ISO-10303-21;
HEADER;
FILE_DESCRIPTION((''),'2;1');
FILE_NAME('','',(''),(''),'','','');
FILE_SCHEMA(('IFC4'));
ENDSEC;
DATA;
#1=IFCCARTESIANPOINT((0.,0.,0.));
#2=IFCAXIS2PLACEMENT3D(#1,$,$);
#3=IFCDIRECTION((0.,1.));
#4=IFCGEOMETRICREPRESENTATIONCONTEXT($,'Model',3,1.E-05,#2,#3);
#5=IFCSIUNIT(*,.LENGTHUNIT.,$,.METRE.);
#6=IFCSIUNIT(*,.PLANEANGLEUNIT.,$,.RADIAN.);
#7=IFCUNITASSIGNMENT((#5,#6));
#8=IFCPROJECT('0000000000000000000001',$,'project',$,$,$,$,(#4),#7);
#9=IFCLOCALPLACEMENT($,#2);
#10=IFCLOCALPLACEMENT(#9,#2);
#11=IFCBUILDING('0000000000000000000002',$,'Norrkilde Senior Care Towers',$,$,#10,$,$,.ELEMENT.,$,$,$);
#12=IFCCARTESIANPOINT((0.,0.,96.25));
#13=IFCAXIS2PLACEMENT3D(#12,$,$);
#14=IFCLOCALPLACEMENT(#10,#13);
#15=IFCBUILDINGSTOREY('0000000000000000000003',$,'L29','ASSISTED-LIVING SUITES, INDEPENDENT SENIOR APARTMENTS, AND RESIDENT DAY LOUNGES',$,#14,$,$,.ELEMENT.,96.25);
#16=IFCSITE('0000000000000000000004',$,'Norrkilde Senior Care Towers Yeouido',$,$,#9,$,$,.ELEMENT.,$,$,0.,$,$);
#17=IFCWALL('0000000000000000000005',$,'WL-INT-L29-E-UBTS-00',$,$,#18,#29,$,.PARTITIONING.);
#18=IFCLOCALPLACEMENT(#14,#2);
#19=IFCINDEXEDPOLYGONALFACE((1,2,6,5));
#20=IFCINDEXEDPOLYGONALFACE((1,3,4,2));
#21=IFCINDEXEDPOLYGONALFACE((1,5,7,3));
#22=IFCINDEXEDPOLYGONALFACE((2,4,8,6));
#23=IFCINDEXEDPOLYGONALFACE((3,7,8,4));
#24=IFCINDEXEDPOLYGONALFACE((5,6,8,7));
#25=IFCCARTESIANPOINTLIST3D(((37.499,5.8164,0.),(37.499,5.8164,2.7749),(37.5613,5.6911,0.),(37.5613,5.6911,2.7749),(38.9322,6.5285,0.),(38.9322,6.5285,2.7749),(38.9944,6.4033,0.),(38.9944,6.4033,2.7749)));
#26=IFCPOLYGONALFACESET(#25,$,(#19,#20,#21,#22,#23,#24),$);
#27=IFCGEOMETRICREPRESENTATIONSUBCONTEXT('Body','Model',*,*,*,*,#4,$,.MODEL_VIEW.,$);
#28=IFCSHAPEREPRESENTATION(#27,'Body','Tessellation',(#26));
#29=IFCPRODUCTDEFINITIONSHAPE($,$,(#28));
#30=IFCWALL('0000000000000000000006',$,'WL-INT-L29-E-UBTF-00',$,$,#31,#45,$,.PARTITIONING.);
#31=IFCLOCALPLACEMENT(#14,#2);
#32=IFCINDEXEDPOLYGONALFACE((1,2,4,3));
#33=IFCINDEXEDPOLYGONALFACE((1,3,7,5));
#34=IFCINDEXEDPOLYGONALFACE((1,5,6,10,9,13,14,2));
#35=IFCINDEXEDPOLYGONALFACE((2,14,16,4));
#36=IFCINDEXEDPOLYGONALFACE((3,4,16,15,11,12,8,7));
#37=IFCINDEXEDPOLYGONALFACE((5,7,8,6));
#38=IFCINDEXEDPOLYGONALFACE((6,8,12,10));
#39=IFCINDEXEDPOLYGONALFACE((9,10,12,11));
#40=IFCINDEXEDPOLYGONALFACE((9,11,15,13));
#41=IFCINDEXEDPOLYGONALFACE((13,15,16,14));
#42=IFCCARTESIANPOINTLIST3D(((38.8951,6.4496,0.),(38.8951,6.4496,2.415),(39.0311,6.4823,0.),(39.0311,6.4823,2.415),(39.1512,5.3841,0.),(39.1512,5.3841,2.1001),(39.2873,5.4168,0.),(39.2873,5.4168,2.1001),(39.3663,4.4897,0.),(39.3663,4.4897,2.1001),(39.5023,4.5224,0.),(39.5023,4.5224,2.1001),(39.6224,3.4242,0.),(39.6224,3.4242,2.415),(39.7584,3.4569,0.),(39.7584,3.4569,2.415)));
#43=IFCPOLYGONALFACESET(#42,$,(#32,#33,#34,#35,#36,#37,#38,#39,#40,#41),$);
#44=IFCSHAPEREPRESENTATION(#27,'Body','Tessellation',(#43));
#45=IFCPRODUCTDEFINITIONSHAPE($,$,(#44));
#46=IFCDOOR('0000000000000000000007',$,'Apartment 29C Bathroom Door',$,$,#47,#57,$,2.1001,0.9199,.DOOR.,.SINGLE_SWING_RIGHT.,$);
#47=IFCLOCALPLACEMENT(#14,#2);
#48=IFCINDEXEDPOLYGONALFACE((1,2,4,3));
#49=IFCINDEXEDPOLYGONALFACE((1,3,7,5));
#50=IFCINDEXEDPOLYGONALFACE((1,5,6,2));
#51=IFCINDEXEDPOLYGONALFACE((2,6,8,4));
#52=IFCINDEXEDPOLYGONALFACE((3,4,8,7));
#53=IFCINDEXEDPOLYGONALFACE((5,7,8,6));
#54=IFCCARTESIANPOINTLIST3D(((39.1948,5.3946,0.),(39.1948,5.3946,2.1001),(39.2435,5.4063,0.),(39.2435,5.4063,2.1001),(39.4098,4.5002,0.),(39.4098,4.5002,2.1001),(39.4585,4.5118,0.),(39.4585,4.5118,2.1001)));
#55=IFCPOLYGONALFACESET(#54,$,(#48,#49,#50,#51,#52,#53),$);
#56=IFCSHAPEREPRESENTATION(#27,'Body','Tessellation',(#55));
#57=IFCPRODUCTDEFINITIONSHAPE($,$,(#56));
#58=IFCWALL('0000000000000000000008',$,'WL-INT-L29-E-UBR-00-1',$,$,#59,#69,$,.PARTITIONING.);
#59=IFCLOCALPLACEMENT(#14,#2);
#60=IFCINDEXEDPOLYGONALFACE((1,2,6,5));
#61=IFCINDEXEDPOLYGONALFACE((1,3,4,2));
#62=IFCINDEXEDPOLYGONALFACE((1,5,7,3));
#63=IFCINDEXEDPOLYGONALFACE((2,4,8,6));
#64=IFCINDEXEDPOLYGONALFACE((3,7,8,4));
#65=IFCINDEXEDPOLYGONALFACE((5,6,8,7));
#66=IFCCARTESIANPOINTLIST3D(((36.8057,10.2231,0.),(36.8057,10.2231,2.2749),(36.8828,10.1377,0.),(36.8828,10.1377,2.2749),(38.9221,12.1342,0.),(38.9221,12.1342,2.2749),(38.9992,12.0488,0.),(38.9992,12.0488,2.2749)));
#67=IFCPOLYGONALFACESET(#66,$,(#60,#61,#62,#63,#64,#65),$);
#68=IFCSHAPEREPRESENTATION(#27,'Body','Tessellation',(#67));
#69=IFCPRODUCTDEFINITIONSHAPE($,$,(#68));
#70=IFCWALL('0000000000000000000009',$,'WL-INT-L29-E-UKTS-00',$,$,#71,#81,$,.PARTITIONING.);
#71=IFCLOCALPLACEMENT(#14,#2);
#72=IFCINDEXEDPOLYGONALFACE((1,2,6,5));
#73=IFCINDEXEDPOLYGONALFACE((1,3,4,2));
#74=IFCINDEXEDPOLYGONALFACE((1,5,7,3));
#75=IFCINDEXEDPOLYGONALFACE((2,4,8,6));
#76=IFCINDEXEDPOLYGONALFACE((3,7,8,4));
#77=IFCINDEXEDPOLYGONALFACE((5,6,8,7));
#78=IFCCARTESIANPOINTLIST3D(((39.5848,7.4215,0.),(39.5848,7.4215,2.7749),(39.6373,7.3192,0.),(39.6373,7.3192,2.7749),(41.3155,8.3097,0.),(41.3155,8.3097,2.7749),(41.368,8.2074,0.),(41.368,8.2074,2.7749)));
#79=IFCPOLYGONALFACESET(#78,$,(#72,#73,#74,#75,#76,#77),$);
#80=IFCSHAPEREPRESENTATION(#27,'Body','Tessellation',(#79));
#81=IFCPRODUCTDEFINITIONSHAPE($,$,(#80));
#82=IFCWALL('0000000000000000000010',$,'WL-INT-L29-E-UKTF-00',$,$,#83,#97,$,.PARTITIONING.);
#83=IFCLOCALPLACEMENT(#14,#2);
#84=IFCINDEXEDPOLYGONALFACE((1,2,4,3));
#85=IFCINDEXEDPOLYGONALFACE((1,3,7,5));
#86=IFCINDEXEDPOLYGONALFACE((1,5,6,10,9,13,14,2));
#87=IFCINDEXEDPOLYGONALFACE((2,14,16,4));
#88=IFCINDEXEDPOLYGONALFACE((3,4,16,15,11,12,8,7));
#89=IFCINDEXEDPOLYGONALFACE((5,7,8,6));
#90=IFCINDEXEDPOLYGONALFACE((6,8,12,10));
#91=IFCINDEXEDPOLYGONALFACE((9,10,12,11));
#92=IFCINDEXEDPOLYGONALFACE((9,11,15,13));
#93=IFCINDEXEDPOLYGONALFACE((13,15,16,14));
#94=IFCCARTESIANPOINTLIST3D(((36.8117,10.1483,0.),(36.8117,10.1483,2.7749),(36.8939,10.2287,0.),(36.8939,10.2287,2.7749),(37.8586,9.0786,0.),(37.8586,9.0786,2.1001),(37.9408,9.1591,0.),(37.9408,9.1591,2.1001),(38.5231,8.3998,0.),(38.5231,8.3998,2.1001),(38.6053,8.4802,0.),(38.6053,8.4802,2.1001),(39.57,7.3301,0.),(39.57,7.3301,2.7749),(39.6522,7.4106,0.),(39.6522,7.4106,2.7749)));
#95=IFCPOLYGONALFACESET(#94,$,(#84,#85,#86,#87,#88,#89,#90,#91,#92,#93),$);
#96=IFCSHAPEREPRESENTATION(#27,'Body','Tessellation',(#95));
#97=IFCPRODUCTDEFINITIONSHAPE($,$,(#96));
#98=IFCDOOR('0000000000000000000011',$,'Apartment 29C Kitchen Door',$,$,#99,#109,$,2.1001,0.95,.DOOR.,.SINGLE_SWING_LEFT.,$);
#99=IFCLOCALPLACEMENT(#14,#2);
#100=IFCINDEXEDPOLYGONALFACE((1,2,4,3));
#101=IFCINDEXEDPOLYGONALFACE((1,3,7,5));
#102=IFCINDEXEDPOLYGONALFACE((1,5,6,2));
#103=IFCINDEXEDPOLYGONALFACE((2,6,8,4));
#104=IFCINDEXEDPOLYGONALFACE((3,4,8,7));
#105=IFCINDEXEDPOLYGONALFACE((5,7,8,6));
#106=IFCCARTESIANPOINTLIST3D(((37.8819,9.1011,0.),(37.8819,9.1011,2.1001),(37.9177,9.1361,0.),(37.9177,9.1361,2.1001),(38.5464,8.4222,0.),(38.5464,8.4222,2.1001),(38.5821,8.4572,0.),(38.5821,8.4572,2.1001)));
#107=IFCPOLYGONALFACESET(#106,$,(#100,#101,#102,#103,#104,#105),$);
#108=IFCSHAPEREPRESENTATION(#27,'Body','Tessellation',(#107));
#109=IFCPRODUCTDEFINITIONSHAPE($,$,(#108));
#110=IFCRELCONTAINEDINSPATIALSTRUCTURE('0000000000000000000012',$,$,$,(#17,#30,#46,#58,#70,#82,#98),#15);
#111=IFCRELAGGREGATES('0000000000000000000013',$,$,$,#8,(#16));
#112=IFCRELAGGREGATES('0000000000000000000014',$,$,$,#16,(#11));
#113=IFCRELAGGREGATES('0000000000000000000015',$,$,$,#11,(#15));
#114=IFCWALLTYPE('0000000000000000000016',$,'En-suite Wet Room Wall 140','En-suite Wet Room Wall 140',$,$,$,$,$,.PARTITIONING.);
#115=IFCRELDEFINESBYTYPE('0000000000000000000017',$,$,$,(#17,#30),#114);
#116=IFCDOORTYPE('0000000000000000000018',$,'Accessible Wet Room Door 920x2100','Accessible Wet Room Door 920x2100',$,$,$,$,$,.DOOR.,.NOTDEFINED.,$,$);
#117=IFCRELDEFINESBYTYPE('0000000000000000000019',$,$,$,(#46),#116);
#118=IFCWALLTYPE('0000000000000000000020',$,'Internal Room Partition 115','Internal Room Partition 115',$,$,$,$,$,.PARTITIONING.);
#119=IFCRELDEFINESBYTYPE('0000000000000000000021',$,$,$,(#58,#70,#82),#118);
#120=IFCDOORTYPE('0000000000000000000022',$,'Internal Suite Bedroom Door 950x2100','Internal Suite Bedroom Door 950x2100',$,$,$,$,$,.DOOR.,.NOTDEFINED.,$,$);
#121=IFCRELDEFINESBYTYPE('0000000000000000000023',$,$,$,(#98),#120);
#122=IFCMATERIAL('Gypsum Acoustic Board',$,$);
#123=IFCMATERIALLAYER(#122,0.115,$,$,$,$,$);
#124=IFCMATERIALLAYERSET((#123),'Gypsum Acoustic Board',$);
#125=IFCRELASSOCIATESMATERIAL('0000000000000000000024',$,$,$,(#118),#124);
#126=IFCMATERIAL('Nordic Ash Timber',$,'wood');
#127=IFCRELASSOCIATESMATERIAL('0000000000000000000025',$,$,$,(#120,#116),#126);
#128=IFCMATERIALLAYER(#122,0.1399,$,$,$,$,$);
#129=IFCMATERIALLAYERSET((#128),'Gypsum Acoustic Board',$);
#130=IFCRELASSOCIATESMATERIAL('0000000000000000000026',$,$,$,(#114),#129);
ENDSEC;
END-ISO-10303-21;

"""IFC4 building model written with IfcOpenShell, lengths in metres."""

from ifc_helpers import new_model, si_unit, direction, frame, frame_2d, origin, place, context, subcontext, project, spatial, rectangle, extrude, source, transform, mapped, material, layer, layer_set, type_object, type_shapes, element, fill, save


model = new_model("IFC4")

# Units and contexts
model_context = context("Model", 3, precision=1e-05, world=origin(), true_north=direction((0.0, 1.0)))
body_context = subcontext(model_context, "Body", "Model", "MODEL_VIEW")
ifc_project = project(units=[si_unit("LENGTHUNIT", "METRE"), si_unit("PLANEANGLEUNIT", "RADIAN")], contexts=[model_context])

# Site, building, storey
site_placement = place(None, origin())
site = spatial("IfcSite", under=ifc_project, at=site_placement, Name="Norrkilde Senior Care Towers Yeouido", CompositionType="ELEMENT", RefElevation=0.0)
building_placement = place(site_placement, origin())
building = spatial("IfcBuilding", under=site, at=building_placement, Name="Norrkilde Senior Care Towers", CompositionType="ELEMENT")
storey_placement = place(building_placement, frame((0.0, 0.0, 96.25)))
storey = spatial("IfcBuildingStorey", under=building, at=storey_placement, Name="L29", Description="ASSISTED-LIVING SUITES, INDEPENDENT SENIOR APARTMENTS, AND RESIDENT DAY LOUNGES", CompositionType="ELEMENT", Elevation=96.25)

# Shared definitions
ifc_material_1 = material(Name="Gypsum Acoustic Board")
ifc_material_2 = material(Name="Nordic Ash Timber", Category="wood")

# Shared definitions
ifc_layer_1 = layer(ifc_material_1, 0.115)
ifc_layer_set_1 = layer_set([ifc_layer_1], Name="Gypsum Acoustic Board")
wall_type_1 = type_object("IfcWallType", Name="Internal Room Partition 115", Description="Internal Room Partition 115", PredefinedType="PARTITIONING", material=ifc_layer_set_1)
door_type_1 = type_object("IfcDoorType", Name="Internal Suite Bedroom Door 950x2100", Description="Internal Suite Bedroom Door 950x2100", OperationType="NOTDEFINED", PredefinedType="DOOR", material=ifc_material_2)
shared_shape_1 = source(origin(), body_context, "Body", "SweptSolid", [
    extrude(rectangle(XDim=0.95, YDim=2.1001, at=frame_2d((0.4751, 1.05))), frame((0.0, 0.0249, 0.0), z_axis=(0.0, -1.0, 0.0), x_axis=(1.0, 0.0, 0.0)), (0.0, 0.0, 1.0), 0.05),
])
type_shapes(door_type_1, [shared_shape_1])

# Wall
ifc_layer_2 = layer(ifc_material_1, 0.1399)
ifc_layer_set_2 = layer_set([ifc_layer_2], Name="Gypsum Acoustic Board")
wall_type_2 = type_object("IfcWallType", Name="En-suite Wet Room Wall 140", Description="En-suite Wet Room Wall 140", PredefinedType="PARTITIONING", material=ifc_layer_set_2)
shared_shape_2 = source(origin(), body_context, "Body", "SweptSolid", [
    extrude(rectangle(XDim=1.6003, YDim=0.1399, at=frame_2d((0.8003, 0.0))), origin(), (0.0, 0.0, 1.0), 2.7749),
])
wall_1_placement = place(storey_placement, frame((37.53, 5.7537, 0.0), z_axis=(0.0, 0.0, 1.0), x_axis=(0.895523, 0.445015, 0.0)))
element("IfcWall", 1, at=wall_1_placement, inside=storey, type_object=wall_type_2, Name="WL-INT-L29-E-UBTS-00", PredefinedType="PARTITIONING", context=body_context, shape_type="MappedRepresentation", body=[
    mapped(shared_shape_2, transform((0.0, 0.0, 0.0), x_axis=(1.0, 0.0, 0.0), y_axis=(0.0, 1.0, 0.0), z_axis=(0.0, 0.0, 1.0), scale=1.0)),
])

# Wall, opening, door
shared_shape_3 = source(origin(), body_context, "Body", "SweptSolid", [
    extrude(rectangle(XDim=3.1116, YDim=0.1399, at=frame_2d((1.5557, 0.0))), origin(), (0.0, 0.0, 1.0), 2.415),
])
type_shapes(wall_type_2, [shared_shape_2, shared_shape_3])
wall_2_placement = place(storey_placement, frame((38.9631, 6.4658, 0.0), z_axis=(0.0, 0.0, 1.0), x_axis=(0.233738, -0.9723, 0.0)))
wall_2 = element("IfcWall", 2, at=wall_2_placement, inside=storey, type_object=wall_type_2, Name="WL-INT-L29-E-UBTF-00", PredefinedType="PARTITIONING", context=body_context, shape_type="MappedRepresentation", body=[
    mapped(shared_shape_3, transform((0.0, 0.0, 0.0), x_axis=(1.0, 0.0, 0.0), y_axis=(0.0, 1.0, 0.0), z_axis=(0.0, 0.0, 1.0), scale=1.0)),
])
opening_1_placement = place(wall_2_placement, frame((1.0957, 0.0, 0.0)))
opening_1 = element("IfcOpeningElement", 3, at=opening_1_placement, cuts=wall_2, PredefinedType="OPENING", context=body_context, shape_type="SweptSolid", body=[
    extrude(rectangle(XDim=0.9199, YDim=2.1001, at=frame_2d((0.46, 1.05))), frame((0.0, 0.0798, 0.0), z_axis=(0.0, -1.0, 0.0), x_axis=(1.0, 0.0, 0.0)), (0.0, 0.0, 1.0), 0.1599),
])
door_type_2 = type_object("IfcDoorType", Name="Accessible Wet Room Door 920x2100", Description="Accessible Wet Room Door 920x2100", OperationType="NOTDEFINED", PredefinedType="DOOR", material=ifc_material_2)
shared_shape_4 = source(origin(), body_context, "Body", "SweptSolid", [
    extrude(rectangle(XDim=0.9199, YDim=2.1001, at=frame_2d((0.46, 1.05))), frame((0.0, 0.0249, 0.0), z_axis=(0.0, -1.0, 0.0), x_axis=(1.0, 0.0, 0.0)), (0.0, 0.0, 1.0), 0.05),
])
type_shapes(door_type_2, [shared_shape_4])
door_1_placement = place(opening_1_placement, origin())
door_1 = element("IfcDoor", 4, at=door_1_placement, inside=storey, type_object=door_type_2, Name="Apartment 29C Bathroom Door", OperationType="SINGLE_SWING_RIGHT", OverallHeight=2.1001, OverallWidth=0.9199, PredefinedType="DOOR", context=body_context, shape_type="MappedRepresentation", body=[
    mapped(shared_shape_4, transform((0.0, 0.0, 0.0), x_axis=(1.0, 0.0, 0.0), y_axis=(0.0, 1.0, 0.0), z_axis=(0.0, 0.0, 1.0), scale=1.0)),
])
fill(opening_1, door_1)

# Walls
shared_shape_5 = source(origin(), body_context, "Body", "SweptSolid", [
    extrude(rectangle(XDim=2.8516, YDim=0.115, at=frame_2d((1.4258, 0.0))), origin(), (0.0, 0.0, 1.0), 2.2749),
])
wall_3_placement = place(storey_placement, frame((36.8442, 10.1804, 0.0), z_axis=(0.0, 0.0, 1.0), x_axis=(0.742191, 0.670189, 0.0)))
element("IfcWall", 5, at=wall_3_placement, inside=storey, type_object=wall_type_1, Name="WL-INT-L29-E-UBR-00-1", PredefinedType="PARTITIONING", context=body_context, shape_type="MappedRepresentation", body=[
    mapped(shared_shape_5, transform((0.0, 0.0, 0.0), x_axis=(1.0, 0.0, 0.0), y_axis=(0.0, 1.0, 0.0), z_axis=(0.0, 0.0, 1.0), scale=1.0)),
])
shared_shape_6 = source(origin(), body_context, "Body", "SweptSolid", [
    extrude(rectangle(XDim=1.9453, YDim=0.115, at=frame_2d((0.9727, 0.0))), origin(), (0.0, 0.0, 1.0), 2.7749),
])
wall_4_placement = place(storey_placement, frame((39.6111, 7.3704, 0.0), z_axis=(0.0, 0.0, 1.0), x_axis=(0.889684, 0.456577, 0.0)))
element("IfcWall", 6, at=wall_4_placement, inside=storey, type_object=wall_type_1, Name="WL-INT-L29-E-UKTS-00", PredefinedType="PARTITIONING", context=body_context, shape_type="MappedRepresentation", body=[
    mapped(shared_shape_6, transform((0.0, 0.0, 0.0), x_axis=(1.0, 0.0, 0.0), y_axis=(0.0, 1.0, 0.0), z_axis=(0.0, 0.0, 1.0), scale=1.0)),
])

# Wall, opening, door
shared_shape_7 = source(origin(), body_context, "Body", "SweptSolid", [
    extrude(rectangle(XDim=3.9434, YDim=0.115, at=frame_2d((1.9717, 0.0))), origin(), (0.0, 0.0, 1.0), 2.7749),
])
wall_5_placement = place(storey_placement, frame((39.6111, 7.3704, 0.0), z_axis=(0.0, 0.0, 1.0), x_axis=(-0.699482, 0.71465, 0.0)))
wall_5 = element("IfcWall", 7, at=wall_5_placement, inside=storey, type_object=wall_type_1, Name="WL-INT-L29-E-UKTF-00", PredefinedType="PARTITIONING", context=body_context, shape_type="MappedRepresentation", body=[
    mapped(shared_shape_7, transform((0.0, 0.0, 0.0), x_axis=(1.0, 0.0, 0.0), y_axis=(0.0, 1.0, 0.0), z_axis=(0.0, 0.0, 1.0), scale=1.0)),
])
opening_2_placement = place(wall_5_placement, frame((1.4966, 0.0, 0.0)))
opening_2 = element("IfcOpeningElement", 8, at=opening_2_placement, cuts=wall_5, PredefinedType="OPENING", context=body_context, shape_type="SweptSolid", body=[
    extrude(rectangle(XDim=0.95, YDim=2.1001, at=frame_2d((0.4751, 1.05))), frame((0.0, 0.0674, 0.0), z_axis=(0.0, -1.0, 0.0), x_axis=(1.0, 0.0, 0.0)), (0.0, 0.0, 1.0), 0.135),
])
door_2_placement = place(opening_2_placement, frame((0.95, 0.0, 0.0), z_axis=(0.0, 0.0, 1.0), x_axis=(-1.0, 0.0, 0.0)))
door_2 = element("IfcDoor", 9, at=door_2_placement, inside=storey, type_object=door_type_1, Name="Apartment 29C Kitchen Door", OperationType="SINGLE_SWING_LEFT", OverallHeight=2.1001, OverallWidth=0.95, PredefinedType="DOOR", context=body_context, shape_type="MappedRepresentation", body=[
    mapped(shared_shape_1, transform((0.0, 0.0, 0.0), x_axis=(1.0, 0.0, 0.0), y_axis=(0.0, 1.0, 0.0), z_axis=(0.0, 0.0, 1.0), scale=1.0)),
])
fill(opening_2, door_2)

save(model, "model.ifc")
